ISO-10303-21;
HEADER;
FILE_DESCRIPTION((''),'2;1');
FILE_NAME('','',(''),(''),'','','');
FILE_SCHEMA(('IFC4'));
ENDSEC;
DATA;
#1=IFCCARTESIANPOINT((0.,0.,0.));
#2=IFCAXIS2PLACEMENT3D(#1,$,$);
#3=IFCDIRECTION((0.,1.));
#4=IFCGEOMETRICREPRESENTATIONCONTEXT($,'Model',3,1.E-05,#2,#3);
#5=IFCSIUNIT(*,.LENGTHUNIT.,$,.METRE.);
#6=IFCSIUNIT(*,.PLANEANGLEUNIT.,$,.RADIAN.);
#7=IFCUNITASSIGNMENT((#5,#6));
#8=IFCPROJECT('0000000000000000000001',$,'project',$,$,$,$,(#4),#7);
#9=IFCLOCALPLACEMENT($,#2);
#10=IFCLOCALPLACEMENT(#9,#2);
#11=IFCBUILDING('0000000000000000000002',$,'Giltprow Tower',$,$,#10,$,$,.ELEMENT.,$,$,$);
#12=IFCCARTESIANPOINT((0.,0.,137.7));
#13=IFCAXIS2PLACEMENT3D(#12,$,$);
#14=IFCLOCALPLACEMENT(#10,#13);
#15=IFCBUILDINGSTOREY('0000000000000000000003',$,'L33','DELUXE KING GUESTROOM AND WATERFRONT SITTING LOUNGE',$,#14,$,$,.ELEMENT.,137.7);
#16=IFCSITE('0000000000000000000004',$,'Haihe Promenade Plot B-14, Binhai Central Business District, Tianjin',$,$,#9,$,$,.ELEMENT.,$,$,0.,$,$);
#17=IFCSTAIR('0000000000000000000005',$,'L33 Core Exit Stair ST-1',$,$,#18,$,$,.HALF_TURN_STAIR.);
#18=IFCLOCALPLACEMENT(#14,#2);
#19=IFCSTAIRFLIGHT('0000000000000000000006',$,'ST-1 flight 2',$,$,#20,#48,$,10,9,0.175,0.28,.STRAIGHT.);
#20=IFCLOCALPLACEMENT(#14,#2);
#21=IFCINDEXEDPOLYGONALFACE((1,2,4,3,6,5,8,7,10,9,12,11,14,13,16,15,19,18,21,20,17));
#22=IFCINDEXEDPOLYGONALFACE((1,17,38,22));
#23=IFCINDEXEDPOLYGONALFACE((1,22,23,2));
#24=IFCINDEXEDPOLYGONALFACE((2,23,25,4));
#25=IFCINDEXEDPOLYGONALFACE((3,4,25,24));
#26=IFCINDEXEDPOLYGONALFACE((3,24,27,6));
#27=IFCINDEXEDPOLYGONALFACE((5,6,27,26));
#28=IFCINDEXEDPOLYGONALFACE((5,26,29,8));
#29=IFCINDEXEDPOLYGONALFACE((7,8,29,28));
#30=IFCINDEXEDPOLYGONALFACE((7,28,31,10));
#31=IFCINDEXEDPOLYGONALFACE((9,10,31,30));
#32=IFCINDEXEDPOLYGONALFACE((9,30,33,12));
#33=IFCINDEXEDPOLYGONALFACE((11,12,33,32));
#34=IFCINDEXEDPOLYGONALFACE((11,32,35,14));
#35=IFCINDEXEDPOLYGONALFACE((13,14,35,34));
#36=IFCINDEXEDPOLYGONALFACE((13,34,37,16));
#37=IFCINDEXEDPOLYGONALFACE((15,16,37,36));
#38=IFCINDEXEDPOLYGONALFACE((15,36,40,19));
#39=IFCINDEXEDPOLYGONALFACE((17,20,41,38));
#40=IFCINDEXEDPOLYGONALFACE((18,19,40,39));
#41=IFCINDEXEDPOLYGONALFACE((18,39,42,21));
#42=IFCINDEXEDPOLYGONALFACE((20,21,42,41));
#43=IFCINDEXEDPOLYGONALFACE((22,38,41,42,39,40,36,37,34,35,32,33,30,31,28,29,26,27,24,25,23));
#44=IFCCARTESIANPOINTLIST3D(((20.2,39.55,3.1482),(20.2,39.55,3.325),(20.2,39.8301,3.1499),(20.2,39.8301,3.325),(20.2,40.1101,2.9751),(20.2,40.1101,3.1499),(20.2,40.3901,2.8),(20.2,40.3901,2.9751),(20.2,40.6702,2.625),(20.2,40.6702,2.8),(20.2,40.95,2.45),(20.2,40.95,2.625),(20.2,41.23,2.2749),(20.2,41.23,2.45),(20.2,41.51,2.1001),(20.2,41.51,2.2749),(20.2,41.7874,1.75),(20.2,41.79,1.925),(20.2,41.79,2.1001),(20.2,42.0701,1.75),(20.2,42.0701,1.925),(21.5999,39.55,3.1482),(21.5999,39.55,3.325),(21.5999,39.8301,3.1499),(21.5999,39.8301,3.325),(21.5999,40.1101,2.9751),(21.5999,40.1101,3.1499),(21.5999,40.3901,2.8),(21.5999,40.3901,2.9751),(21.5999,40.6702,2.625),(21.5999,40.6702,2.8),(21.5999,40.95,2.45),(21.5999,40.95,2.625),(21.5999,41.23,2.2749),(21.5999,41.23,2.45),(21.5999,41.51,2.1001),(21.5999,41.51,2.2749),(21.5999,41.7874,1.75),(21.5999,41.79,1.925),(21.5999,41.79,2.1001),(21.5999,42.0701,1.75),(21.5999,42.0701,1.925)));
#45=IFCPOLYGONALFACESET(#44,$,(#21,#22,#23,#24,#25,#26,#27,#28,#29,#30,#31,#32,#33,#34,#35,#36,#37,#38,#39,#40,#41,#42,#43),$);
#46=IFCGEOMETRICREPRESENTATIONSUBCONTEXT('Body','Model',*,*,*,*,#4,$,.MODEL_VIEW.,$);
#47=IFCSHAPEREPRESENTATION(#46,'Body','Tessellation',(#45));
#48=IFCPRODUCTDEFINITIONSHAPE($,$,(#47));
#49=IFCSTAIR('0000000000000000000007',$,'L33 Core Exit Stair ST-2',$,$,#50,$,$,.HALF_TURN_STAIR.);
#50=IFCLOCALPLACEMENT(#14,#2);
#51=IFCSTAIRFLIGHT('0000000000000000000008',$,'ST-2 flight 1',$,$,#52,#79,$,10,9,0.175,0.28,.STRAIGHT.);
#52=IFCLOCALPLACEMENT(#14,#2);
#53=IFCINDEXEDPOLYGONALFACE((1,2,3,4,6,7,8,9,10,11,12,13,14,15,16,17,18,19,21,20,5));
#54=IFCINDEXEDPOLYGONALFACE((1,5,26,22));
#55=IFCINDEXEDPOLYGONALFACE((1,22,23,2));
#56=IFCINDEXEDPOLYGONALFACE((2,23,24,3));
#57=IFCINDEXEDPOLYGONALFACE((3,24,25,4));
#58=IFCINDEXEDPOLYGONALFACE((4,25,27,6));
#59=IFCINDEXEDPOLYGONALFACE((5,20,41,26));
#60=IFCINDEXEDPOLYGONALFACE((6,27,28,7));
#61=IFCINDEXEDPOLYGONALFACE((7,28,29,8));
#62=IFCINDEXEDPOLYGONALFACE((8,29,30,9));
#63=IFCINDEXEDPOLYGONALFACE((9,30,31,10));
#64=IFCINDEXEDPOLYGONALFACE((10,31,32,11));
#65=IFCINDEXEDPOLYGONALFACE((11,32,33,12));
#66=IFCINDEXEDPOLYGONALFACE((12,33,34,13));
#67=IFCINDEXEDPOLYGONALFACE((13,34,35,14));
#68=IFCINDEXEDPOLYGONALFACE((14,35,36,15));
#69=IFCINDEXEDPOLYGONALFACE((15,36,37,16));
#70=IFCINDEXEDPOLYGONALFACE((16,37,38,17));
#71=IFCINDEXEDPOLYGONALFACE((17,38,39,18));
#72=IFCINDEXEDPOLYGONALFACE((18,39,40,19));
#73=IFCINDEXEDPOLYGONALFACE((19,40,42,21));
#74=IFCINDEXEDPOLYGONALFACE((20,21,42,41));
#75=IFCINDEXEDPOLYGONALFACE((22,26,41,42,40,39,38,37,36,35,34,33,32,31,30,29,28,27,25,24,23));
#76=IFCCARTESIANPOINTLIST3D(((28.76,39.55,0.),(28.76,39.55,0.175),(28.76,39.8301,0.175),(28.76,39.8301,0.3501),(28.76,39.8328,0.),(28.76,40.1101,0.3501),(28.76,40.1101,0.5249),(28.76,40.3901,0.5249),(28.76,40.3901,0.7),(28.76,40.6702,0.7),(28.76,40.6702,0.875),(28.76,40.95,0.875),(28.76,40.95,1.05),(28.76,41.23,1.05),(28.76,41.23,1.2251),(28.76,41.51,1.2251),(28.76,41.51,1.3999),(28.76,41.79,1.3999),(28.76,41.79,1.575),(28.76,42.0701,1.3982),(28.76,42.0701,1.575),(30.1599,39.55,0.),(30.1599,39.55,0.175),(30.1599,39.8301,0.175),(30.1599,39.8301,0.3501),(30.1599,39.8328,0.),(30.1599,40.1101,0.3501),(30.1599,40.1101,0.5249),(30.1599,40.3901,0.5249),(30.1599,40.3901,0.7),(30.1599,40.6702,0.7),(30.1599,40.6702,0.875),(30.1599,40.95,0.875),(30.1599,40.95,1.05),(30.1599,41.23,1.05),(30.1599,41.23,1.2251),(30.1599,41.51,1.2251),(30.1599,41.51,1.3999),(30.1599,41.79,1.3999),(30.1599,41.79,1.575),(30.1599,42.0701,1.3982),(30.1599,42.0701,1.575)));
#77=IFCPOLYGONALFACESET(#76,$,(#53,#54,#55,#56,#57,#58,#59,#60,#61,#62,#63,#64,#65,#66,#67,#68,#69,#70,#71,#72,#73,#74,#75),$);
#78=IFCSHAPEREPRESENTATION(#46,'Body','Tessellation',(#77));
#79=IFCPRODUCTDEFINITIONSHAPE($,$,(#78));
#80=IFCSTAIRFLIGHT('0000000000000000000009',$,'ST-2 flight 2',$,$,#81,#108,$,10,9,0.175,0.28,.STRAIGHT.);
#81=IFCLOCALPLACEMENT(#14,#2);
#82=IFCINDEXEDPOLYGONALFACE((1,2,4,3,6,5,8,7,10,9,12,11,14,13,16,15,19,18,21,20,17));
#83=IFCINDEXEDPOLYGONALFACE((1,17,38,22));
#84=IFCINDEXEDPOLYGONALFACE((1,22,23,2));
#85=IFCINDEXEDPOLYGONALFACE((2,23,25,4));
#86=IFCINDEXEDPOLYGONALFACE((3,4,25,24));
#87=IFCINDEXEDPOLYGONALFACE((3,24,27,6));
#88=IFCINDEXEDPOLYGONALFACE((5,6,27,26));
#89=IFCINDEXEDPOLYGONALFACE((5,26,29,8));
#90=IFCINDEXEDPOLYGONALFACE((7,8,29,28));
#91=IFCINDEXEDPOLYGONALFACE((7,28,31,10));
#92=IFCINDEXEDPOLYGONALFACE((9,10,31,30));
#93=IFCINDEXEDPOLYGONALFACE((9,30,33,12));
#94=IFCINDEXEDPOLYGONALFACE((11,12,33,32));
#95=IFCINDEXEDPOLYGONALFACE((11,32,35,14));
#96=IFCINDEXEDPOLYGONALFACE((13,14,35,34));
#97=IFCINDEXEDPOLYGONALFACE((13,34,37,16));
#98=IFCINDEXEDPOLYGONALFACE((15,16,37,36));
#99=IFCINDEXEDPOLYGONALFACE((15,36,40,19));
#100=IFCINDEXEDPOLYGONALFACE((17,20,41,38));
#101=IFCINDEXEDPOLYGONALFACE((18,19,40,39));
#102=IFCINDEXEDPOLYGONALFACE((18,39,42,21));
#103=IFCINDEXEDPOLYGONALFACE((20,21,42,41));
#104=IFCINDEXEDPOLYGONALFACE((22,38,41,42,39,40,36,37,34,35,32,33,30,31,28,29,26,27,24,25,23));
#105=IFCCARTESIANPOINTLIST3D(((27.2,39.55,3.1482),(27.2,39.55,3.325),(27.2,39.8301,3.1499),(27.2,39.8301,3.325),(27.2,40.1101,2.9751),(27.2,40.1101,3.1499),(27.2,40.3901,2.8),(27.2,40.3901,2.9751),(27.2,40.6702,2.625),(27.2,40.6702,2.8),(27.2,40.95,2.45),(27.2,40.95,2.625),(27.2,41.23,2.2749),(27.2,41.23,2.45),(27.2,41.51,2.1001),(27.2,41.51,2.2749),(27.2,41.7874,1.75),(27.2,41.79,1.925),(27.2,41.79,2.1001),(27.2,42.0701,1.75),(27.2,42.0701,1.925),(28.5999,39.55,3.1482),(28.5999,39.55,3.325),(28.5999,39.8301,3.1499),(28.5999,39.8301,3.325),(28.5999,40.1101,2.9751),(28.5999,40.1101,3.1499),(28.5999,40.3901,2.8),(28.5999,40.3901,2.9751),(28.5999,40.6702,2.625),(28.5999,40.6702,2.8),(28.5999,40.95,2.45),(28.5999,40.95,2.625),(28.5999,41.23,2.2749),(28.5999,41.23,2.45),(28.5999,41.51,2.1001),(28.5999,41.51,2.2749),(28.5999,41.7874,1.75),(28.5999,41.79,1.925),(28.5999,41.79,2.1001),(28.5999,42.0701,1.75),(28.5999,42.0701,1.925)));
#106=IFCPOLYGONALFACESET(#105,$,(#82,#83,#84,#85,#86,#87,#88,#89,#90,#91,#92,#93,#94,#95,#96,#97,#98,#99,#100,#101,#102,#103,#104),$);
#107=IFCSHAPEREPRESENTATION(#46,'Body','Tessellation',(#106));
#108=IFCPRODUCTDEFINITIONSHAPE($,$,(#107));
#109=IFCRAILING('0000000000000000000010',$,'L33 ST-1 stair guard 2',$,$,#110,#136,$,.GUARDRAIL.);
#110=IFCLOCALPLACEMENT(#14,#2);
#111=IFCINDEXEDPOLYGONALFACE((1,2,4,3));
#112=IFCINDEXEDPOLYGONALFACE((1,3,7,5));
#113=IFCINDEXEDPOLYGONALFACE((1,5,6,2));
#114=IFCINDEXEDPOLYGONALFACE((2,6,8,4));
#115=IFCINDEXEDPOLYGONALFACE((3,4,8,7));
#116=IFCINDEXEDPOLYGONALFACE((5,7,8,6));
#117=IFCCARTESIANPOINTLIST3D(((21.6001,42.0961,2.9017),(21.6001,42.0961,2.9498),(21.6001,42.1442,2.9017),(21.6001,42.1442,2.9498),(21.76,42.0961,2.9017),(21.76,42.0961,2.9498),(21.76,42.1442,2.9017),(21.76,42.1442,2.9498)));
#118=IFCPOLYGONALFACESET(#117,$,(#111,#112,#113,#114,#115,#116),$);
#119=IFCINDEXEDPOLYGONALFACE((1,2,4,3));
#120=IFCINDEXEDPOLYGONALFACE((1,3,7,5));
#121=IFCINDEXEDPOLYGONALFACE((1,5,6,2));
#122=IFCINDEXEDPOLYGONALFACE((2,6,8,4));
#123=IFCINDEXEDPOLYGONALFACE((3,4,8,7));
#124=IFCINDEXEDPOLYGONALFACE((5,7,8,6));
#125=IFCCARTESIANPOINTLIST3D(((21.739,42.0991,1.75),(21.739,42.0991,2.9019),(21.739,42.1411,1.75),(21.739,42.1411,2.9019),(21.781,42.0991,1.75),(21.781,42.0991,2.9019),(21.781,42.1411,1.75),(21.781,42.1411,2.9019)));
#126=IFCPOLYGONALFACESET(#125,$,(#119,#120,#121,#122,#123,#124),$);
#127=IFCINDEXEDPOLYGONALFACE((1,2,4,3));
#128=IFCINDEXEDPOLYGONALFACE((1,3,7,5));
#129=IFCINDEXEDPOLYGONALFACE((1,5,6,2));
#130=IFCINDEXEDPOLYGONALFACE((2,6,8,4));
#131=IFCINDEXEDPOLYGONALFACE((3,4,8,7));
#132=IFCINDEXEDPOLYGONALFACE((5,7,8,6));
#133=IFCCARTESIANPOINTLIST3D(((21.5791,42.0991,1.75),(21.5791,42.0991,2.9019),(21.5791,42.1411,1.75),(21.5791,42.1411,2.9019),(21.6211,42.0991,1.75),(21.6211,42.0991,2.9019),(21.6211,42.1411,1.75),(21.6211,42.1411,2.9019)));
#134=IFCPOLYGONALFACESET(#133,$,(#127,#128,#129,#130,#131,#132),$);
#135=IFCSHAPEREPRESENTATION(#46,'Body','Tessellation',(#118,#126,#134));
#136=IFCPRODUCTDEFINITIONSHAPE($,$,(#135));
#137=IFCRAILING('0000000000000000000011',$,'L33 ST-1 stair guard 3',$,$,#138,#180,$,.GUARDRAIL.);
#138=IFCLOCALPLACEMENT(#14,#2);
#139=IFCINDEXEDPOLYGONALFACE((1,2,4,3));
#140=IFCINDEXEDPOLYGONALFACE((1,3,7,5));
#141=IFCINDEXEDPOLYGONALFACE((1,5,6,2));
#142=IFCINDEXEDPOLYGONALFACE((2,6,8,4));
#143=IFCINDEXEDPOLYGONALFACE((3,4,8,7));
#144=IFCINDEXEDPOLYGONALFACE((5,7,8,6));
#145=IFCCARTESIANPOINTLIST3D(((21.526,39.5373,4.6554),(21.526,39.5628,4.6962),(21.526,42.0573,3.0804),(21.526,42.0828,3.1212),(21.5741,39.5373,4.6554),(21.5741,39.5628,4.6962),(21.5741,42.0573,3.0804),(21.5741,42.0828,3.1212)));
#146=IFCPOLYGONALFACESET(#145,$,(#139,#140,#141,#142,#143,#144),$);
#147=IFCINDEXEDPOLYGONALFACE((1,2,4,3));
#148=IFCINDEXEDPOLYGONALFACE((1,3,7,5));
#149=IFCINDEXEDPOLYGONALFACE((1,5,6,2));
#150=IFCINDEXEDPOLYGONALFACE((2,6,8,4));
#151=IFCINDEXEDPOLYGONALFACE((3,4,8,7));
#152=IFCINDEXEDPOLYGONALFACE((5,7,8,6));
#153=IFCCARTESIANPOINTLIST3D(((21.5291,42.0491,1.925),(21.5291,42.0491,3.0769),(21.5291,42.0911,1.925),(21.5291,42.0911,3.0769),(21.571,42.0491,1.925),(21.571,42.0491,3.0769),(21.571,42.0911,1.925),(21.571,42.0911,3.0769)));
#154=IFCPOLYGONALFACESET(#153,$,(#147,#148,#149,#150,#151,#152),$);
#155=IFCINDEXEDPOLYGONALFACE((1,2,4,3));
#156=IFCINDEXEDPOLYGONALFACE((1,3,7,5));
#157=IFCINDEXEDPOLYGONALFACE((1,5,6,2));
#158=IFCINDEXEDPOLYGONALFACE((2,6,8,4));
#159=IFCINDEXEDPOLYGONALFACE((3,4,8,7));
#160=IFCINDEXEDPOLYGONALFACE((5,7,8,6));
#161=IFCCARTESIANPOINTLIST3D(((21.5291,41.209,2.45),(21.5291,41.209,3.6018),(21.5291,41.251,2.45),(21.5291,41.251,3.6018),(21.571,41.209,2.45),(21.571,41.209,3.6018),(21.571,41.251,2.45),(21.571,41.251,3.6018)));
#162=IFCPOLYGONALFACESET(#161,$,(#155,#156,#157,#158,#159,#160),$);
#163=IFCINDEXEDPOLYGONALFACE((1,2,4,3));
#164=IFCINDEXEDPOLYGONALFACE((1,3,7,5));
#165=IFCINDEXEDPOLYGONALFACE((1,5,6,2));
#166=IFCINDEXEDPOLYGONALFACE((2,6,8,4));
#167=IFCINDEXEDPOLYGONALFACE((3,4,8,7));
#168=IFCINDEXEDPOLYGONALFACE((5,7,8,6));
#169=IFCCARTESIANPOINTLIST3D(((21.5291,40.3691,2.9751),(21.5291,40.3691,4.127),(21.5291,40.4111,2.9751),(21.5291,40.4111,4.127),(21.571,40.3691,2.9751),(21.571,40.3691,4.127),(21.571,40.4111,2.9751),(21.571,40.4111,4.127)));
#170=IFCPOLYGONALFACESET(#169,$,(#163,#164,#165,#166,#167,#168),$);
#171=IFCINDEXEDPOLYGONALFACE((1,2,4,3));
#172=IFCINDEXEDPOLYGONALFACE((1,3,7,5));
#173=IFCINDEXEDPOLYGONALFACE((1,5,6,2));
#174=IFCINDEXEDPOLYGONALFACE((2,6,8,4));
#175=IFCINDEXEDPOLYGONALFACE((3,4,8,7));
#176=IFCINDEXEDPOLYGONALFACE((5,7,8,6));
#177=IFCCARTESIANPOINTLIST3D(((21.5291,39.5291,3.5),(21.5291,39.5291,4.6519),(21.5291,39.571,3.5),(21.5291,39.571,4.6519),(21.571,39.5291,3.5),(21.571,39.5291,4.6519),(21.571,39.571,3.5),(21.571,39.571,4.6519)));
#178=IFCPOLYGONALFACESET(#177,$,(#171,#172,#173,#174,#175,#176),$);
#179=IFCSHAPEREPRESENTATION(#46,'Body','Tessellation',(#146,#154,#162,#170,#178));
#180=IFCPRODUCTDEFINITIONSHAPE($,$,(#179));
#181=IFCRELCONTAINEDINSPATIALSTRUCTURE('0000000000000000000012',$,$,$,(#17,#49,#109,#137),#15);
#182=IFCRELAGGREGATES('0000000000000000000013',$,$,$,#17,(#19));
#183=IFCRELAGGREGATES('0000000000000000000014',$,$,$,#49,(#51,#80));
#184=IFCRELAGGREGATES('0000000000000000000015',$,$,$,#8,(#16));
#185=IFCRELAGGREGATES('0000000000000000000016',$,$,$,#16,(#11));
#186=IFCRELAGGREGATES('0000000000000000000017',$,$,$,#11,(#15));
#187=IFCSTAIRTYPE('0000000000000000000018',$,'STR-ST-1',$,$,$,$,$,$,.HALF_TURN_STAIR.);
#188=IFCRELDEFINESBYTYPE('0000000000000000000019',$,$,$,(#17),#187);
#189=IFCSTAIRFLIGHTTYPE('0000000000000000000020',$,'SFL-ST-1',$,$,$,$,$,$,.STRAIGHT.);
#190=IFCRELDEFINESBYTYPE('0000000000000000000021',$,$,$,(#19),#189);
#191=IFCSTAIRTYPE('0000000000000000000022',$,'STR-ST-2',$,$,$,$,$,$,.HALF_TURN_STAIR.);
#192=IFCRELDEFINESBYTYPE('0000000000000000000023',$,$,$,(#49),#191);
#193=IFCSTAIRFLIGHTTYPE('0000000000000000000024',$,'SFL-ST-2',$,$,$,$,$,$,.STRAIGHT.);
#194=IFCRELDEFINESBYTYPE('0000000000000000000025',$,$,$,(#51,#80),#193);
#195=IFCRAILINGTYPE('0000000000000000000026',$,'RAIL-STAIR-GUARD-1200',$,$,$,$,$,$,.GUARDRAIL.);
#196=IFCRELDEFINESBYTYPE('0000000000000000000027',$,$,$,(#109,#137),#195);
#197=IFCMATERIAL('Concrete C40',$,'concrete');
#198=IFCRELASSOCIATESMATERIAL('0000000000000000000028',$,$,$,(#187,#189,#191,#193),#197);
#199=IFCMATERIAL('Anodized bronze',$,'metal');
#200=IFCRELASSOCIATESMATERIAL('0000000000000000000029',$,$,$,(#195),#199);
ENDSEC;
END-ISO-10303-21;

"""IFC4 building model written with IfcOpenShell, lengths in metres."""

from ifc_helpers import new_model, si_unit, direction, frame, origin, origin_2d, place, context, subcontext, project, spatial, polyline, rectangle, outline, extrude, material, type_object, element, aggregate, save


model = new_model("IFC4")

# Units and contexts
model_context = context("Model", 3, precision=1e-05, world=origin(), true_north=direction((0.0, 1.0)))
body_context = subcontext(model_context, "Body", "Model", "MODEL_VIEW")
ifc_project = project(units=[si_unit("LENGTHUNIT", "METRE"), si_unit("PLANEANGLEUNIT", "RADIAN")], contexts=[model_context])

# Site, building, storey
site_placement = place(None, origin())
site = spatial("IfcSite", under=ifc_project, at=site_placement, Name="Haihe Promenade Plot B-14, Binhai Central Business District, Tianjin", CompositionType="ELEMENT", RefElevation=0.0)
building_placement = place(site_placement, origin())
building = spatial("IfcBuilding", under=site, at=building_placement, Name="Giltprow Tower", CompositionType="ELEMENT")
storey_placement = place(building_placement, frame((0.0, 0.0, 137.7)))
storey = spatial("IfcBuildingStorey", under=building, at=storey_placement, Name="L33", Description="DELUXE KING GUESTROOM AND WATERFRONT SITTING LOUNGE", CompositionType="ELEMENT", Elevation=137.7)

# Shared definitions
ifc_material_1 = material(Name="Concrete C40", Category="concrete")

# Stair, stair flight
stair_type_1 = type_object("IfcStairType", Name="STR-ST-1", PredefinedType="HALF_TURN_STAIR", material=ifc_material_1)
stair_1_placement = place(storey_placement, origin())
stair_1 = element("IfcStair", 1, at=stair_1_placement, inside=storey, type_object=stair_type_1, Name="L33 Core Exit Stair ST-1", PredefinedType="HALF_TURN_STAIR")
stair_flight_type_1 = type_object("IfcStairFlightType", Name="SFL-ST-1", PredefinedType="STRAIGHT", material=ifc_material_1)
stair_flight_1_placement = place(storey_placement, frame((20.8999, 42.0701, 1.75), z_axis=(0.0, 0.0, 1.0), x_axis=(0.0, -1.0, 0.0)))
stair_flight_1 = element("IfcStairFlight", 2, at=stair_flight_1_placement, type_object=stair_flight_type_1, Name="ST-1 flight 2", NumberOfRisers=10, NumberOfTreads=9, PredefinedType="STRAIGHT", RiserHeight=0.175, TreadLength=0.28, context=body_context, shape_type="SweptSolid", body=[
    extrude(outline(polyline([(0.0, 0.0), (0.0, 0.175), (0.28, 0.175), (0.28, 0.3501), (0.5601, 0.3501), (0.5601, 0.5249), (0.8401, 0.5249), (0.8401, 0.7), (1.1201, 0.7), (1.1201, 0.875), (1.3999, 0.875), (1.3999, 1.05), (1.6799, 1.05), (1.6799, 1.2251), (1.96, 1.2251), (1.96, 1.3999), (2.24, 1.3999), (2.24, 1.575), (2.52, 1.575), (2.52, 1.75), (2.52, 1.3982), (0.2827, 0.0), (0.0, 0.0)])), frame((0.0, 0.7, 0.0), z_axis=(0.0, -1.0, 0.0), x_axis=(1.0, 0.0, 0.0)), (0.0, 0.0, 1.0), 1.3999),
])
aggregate(stair_1, [stair_flight_1])

# Stair, stair flights
stair_type_2 = type_object("IfcStairType", Name="STR-ST-2", PredefinedType="HALF_TURN_STAIR", material=ifc_material_1)
stair_2_placement = place(storey_placement, origin())
stair_2 = element("IfcStair", 3, at=stair_2_placement, inside=storey, type_object=stair_type_2, Name="L33 Core Exit Stair ST-2", PredefinedType="HALF_TURN_STAIR")
stair_flight_type_2 = type_object("IfcStairFlightType", Name="SFL-ST-2", PredefinedType="STRAIGHT", material=ifc_material_1)
stair_flight_2_placement = place(storey_placement, frame((29.46, 39.55, 0.0), z_axis=(0.0, 0.0, 1.0), x_axis=(0.0, 1.0, 0.0)))
stair_flight_2 = element("IfcStairFlight", 4, at=stair_flight_2_placement, type_object=stair_flight_type_2, Name="ST-2 flight 1", NumberOfRisers=10, NumberOfTreads=9, PredefinedType="STRAIGHT", RiserHeight=0.175, TreadLength=0.28, context=body_context, shape_type="SweptSolid", body=[
    extrude(outline(polyline([(0.0, 0.0), (0.0, 0.175), (0.28, 0.175), (0.28, 0.3501), (0.5601, 0.3501), (0.5601, 0.5249), (0.8401, 0.5249), (0.8401, 0.7), (1.1201, 0.7), (1.1201, 0.875), (1.3999, 0.875), (1.3999, 1.05), (1.6799, 1.05), (1.6799, 1.2251), (1.96, 1.2251), (1.96, 1.3999), (2.24, 1.3999), (2.24, 1.575), (2.52, 1.575), (2.52, 1.75), (2.52, 1.3982), (0.2827, 0.0), (0.0, 0.0)])), frame((0.0, 0.7, 0.0), z_axis=(0.0, -1.0, 0.0), x_axis=(1.0, 0.0, 0.0)), (0.0, 0.0, 1.0), 1.3999),
])
stair_flight_3_placement = place(storey_placement, frame((27.8999, 42.0701, 1.75), z_axis=(0.0, 0.0, 1.0), x_axis=(0.0, -1.0, 0.0)))
stair_flight_3 = element("IfcStairFlight", 5, at=stair_flight_3_placement, type_object=stair_flight_type_2, Name="ST-2 flight 2", NumberOfRisers=10, NumberOfTreads=9, PredefinedType="STRAIGHT", RiserHeight=0.175, TreadLength=0.28, context=body_context, shape_type="SweptSolid", body=[
    extrude(outline(polyline([(0.0, 0.0), (0.0, 0.175), (0.28, 0.175), (0.28, 0.3501), (0.5601, 0.3501), (0.5601, 0.5249), (0.8401, 0.5249), (0.8401, 0.7), (1.1201, 0.7), (1.1201, 0.875), (1.3999, 0.875), (1.3999, 1.05), (1.6799, 1.05), (1.6799, 1.2251), (1.96, 1.2251), (1.96, 1.3999), (2.24, 1.3999), (2.24, 1.575), (2.52, 1.575), (2.52, 1.75), (2.52, 1.3982), (0.2827, 0.0), (0.0, 0.0)])), frame((0.0, 0.7, 0.0), z_axis=(0.0, -1.0, 0.0), x_axis=(1.0, 0.0, 0.0)), (0.0, 0.0, 1.0), 1.3999),
])
aggregate(stair_2, [stair_flight_2, stair_flight_3])

# Railings
ifc_material_2 = material(Name="Anodized bronze", Category="metal")
railing_type_1 = type_object("IfcRailingType", Name="RAIL-STAIR-GUARD-1200", PredefinedType="GUARDRAIL", material=ifc_material_2)
railing_1_placement = place(storey_placement, frame((21.76, 42.1201, 1.75)))
element("IfcRailing", 6, at=railing_1_placement, inside=storey, type_object=railing_type_1, Name="L33 ST-1 stair guard 2", PredefinedType="GUARDRAIL", context=body_context, shape_type="SweptSolid", body=[
    extrude(rectangle(XDim=0.0481, YDim=0.0481, at=origin_2d()), frame((0.0, 0.0, 1.1758), z_axis=(-1.0, 0.0, 0.0), x_axis=(0.0, -1.0, 0.0)), (0.0, 0.0, 1.0), 0.1599),
    extrude(rectangle(XDim=0.042, YDim=0.042, at=origin_2d()), origin(), (0.0, 0.0, 1.0), 1.1519),
    extrude(rectangle(XDim=0.042, YDim=0.042, at=origin_2d()), frame((-0.1599, 0.0, 0.0)), (0.0, 0.0, 1.0), 1.1519),
])
railing_2_placement = place(storey_placement, frame((21.55, 42.0701, 1.925)))
element("IfcRailing", 7, at=railing_2_placement, inside=storey, type_object=railing_type_1, Name="L33 ST-1 stair guard 3", PredefinedType="GUARDRAIL", context=body_context, shape_type="SweptSolid", body=[
    extrude(rectangle(XDim=0.0481, YDim=0.0481, at=origin_2d()), frame((0.0, 0.0, 1.1758), z_axis=(0.0, -0.848008, 0.529984), x_axis=(1.0, 0.0, 0.0)), (0.0, 0.0, 1.0), 2.9717),
    extrude(rectangle(XDim=0.042, YDim=0.042, at=origin_2d()), origin(), (0.0, 0.0, 1.0), 1.1519),
    extrude(rectangle(XDim=0.042, YDim=0.042, at=origin_2d()), frame((0.0, -0.8401, 0.5249)), (0.0, 0.0, 1.0), 1.1519),
    extrude(rectangle(XDim=0.042, YDim=0.042, at=origin_2d()), frame((0.0, -1.6799, 1.05)), (0.0, 0.0, 1.0), 1.1519),
    extrude(rectangle(XDim=0.042, YDim=0.042, at=origin_2d()), frame((0.0, -2.52, 1.575)), (0.0, 0.0, 1.0), 1.1519),
])

save(model, "model.ifc")
